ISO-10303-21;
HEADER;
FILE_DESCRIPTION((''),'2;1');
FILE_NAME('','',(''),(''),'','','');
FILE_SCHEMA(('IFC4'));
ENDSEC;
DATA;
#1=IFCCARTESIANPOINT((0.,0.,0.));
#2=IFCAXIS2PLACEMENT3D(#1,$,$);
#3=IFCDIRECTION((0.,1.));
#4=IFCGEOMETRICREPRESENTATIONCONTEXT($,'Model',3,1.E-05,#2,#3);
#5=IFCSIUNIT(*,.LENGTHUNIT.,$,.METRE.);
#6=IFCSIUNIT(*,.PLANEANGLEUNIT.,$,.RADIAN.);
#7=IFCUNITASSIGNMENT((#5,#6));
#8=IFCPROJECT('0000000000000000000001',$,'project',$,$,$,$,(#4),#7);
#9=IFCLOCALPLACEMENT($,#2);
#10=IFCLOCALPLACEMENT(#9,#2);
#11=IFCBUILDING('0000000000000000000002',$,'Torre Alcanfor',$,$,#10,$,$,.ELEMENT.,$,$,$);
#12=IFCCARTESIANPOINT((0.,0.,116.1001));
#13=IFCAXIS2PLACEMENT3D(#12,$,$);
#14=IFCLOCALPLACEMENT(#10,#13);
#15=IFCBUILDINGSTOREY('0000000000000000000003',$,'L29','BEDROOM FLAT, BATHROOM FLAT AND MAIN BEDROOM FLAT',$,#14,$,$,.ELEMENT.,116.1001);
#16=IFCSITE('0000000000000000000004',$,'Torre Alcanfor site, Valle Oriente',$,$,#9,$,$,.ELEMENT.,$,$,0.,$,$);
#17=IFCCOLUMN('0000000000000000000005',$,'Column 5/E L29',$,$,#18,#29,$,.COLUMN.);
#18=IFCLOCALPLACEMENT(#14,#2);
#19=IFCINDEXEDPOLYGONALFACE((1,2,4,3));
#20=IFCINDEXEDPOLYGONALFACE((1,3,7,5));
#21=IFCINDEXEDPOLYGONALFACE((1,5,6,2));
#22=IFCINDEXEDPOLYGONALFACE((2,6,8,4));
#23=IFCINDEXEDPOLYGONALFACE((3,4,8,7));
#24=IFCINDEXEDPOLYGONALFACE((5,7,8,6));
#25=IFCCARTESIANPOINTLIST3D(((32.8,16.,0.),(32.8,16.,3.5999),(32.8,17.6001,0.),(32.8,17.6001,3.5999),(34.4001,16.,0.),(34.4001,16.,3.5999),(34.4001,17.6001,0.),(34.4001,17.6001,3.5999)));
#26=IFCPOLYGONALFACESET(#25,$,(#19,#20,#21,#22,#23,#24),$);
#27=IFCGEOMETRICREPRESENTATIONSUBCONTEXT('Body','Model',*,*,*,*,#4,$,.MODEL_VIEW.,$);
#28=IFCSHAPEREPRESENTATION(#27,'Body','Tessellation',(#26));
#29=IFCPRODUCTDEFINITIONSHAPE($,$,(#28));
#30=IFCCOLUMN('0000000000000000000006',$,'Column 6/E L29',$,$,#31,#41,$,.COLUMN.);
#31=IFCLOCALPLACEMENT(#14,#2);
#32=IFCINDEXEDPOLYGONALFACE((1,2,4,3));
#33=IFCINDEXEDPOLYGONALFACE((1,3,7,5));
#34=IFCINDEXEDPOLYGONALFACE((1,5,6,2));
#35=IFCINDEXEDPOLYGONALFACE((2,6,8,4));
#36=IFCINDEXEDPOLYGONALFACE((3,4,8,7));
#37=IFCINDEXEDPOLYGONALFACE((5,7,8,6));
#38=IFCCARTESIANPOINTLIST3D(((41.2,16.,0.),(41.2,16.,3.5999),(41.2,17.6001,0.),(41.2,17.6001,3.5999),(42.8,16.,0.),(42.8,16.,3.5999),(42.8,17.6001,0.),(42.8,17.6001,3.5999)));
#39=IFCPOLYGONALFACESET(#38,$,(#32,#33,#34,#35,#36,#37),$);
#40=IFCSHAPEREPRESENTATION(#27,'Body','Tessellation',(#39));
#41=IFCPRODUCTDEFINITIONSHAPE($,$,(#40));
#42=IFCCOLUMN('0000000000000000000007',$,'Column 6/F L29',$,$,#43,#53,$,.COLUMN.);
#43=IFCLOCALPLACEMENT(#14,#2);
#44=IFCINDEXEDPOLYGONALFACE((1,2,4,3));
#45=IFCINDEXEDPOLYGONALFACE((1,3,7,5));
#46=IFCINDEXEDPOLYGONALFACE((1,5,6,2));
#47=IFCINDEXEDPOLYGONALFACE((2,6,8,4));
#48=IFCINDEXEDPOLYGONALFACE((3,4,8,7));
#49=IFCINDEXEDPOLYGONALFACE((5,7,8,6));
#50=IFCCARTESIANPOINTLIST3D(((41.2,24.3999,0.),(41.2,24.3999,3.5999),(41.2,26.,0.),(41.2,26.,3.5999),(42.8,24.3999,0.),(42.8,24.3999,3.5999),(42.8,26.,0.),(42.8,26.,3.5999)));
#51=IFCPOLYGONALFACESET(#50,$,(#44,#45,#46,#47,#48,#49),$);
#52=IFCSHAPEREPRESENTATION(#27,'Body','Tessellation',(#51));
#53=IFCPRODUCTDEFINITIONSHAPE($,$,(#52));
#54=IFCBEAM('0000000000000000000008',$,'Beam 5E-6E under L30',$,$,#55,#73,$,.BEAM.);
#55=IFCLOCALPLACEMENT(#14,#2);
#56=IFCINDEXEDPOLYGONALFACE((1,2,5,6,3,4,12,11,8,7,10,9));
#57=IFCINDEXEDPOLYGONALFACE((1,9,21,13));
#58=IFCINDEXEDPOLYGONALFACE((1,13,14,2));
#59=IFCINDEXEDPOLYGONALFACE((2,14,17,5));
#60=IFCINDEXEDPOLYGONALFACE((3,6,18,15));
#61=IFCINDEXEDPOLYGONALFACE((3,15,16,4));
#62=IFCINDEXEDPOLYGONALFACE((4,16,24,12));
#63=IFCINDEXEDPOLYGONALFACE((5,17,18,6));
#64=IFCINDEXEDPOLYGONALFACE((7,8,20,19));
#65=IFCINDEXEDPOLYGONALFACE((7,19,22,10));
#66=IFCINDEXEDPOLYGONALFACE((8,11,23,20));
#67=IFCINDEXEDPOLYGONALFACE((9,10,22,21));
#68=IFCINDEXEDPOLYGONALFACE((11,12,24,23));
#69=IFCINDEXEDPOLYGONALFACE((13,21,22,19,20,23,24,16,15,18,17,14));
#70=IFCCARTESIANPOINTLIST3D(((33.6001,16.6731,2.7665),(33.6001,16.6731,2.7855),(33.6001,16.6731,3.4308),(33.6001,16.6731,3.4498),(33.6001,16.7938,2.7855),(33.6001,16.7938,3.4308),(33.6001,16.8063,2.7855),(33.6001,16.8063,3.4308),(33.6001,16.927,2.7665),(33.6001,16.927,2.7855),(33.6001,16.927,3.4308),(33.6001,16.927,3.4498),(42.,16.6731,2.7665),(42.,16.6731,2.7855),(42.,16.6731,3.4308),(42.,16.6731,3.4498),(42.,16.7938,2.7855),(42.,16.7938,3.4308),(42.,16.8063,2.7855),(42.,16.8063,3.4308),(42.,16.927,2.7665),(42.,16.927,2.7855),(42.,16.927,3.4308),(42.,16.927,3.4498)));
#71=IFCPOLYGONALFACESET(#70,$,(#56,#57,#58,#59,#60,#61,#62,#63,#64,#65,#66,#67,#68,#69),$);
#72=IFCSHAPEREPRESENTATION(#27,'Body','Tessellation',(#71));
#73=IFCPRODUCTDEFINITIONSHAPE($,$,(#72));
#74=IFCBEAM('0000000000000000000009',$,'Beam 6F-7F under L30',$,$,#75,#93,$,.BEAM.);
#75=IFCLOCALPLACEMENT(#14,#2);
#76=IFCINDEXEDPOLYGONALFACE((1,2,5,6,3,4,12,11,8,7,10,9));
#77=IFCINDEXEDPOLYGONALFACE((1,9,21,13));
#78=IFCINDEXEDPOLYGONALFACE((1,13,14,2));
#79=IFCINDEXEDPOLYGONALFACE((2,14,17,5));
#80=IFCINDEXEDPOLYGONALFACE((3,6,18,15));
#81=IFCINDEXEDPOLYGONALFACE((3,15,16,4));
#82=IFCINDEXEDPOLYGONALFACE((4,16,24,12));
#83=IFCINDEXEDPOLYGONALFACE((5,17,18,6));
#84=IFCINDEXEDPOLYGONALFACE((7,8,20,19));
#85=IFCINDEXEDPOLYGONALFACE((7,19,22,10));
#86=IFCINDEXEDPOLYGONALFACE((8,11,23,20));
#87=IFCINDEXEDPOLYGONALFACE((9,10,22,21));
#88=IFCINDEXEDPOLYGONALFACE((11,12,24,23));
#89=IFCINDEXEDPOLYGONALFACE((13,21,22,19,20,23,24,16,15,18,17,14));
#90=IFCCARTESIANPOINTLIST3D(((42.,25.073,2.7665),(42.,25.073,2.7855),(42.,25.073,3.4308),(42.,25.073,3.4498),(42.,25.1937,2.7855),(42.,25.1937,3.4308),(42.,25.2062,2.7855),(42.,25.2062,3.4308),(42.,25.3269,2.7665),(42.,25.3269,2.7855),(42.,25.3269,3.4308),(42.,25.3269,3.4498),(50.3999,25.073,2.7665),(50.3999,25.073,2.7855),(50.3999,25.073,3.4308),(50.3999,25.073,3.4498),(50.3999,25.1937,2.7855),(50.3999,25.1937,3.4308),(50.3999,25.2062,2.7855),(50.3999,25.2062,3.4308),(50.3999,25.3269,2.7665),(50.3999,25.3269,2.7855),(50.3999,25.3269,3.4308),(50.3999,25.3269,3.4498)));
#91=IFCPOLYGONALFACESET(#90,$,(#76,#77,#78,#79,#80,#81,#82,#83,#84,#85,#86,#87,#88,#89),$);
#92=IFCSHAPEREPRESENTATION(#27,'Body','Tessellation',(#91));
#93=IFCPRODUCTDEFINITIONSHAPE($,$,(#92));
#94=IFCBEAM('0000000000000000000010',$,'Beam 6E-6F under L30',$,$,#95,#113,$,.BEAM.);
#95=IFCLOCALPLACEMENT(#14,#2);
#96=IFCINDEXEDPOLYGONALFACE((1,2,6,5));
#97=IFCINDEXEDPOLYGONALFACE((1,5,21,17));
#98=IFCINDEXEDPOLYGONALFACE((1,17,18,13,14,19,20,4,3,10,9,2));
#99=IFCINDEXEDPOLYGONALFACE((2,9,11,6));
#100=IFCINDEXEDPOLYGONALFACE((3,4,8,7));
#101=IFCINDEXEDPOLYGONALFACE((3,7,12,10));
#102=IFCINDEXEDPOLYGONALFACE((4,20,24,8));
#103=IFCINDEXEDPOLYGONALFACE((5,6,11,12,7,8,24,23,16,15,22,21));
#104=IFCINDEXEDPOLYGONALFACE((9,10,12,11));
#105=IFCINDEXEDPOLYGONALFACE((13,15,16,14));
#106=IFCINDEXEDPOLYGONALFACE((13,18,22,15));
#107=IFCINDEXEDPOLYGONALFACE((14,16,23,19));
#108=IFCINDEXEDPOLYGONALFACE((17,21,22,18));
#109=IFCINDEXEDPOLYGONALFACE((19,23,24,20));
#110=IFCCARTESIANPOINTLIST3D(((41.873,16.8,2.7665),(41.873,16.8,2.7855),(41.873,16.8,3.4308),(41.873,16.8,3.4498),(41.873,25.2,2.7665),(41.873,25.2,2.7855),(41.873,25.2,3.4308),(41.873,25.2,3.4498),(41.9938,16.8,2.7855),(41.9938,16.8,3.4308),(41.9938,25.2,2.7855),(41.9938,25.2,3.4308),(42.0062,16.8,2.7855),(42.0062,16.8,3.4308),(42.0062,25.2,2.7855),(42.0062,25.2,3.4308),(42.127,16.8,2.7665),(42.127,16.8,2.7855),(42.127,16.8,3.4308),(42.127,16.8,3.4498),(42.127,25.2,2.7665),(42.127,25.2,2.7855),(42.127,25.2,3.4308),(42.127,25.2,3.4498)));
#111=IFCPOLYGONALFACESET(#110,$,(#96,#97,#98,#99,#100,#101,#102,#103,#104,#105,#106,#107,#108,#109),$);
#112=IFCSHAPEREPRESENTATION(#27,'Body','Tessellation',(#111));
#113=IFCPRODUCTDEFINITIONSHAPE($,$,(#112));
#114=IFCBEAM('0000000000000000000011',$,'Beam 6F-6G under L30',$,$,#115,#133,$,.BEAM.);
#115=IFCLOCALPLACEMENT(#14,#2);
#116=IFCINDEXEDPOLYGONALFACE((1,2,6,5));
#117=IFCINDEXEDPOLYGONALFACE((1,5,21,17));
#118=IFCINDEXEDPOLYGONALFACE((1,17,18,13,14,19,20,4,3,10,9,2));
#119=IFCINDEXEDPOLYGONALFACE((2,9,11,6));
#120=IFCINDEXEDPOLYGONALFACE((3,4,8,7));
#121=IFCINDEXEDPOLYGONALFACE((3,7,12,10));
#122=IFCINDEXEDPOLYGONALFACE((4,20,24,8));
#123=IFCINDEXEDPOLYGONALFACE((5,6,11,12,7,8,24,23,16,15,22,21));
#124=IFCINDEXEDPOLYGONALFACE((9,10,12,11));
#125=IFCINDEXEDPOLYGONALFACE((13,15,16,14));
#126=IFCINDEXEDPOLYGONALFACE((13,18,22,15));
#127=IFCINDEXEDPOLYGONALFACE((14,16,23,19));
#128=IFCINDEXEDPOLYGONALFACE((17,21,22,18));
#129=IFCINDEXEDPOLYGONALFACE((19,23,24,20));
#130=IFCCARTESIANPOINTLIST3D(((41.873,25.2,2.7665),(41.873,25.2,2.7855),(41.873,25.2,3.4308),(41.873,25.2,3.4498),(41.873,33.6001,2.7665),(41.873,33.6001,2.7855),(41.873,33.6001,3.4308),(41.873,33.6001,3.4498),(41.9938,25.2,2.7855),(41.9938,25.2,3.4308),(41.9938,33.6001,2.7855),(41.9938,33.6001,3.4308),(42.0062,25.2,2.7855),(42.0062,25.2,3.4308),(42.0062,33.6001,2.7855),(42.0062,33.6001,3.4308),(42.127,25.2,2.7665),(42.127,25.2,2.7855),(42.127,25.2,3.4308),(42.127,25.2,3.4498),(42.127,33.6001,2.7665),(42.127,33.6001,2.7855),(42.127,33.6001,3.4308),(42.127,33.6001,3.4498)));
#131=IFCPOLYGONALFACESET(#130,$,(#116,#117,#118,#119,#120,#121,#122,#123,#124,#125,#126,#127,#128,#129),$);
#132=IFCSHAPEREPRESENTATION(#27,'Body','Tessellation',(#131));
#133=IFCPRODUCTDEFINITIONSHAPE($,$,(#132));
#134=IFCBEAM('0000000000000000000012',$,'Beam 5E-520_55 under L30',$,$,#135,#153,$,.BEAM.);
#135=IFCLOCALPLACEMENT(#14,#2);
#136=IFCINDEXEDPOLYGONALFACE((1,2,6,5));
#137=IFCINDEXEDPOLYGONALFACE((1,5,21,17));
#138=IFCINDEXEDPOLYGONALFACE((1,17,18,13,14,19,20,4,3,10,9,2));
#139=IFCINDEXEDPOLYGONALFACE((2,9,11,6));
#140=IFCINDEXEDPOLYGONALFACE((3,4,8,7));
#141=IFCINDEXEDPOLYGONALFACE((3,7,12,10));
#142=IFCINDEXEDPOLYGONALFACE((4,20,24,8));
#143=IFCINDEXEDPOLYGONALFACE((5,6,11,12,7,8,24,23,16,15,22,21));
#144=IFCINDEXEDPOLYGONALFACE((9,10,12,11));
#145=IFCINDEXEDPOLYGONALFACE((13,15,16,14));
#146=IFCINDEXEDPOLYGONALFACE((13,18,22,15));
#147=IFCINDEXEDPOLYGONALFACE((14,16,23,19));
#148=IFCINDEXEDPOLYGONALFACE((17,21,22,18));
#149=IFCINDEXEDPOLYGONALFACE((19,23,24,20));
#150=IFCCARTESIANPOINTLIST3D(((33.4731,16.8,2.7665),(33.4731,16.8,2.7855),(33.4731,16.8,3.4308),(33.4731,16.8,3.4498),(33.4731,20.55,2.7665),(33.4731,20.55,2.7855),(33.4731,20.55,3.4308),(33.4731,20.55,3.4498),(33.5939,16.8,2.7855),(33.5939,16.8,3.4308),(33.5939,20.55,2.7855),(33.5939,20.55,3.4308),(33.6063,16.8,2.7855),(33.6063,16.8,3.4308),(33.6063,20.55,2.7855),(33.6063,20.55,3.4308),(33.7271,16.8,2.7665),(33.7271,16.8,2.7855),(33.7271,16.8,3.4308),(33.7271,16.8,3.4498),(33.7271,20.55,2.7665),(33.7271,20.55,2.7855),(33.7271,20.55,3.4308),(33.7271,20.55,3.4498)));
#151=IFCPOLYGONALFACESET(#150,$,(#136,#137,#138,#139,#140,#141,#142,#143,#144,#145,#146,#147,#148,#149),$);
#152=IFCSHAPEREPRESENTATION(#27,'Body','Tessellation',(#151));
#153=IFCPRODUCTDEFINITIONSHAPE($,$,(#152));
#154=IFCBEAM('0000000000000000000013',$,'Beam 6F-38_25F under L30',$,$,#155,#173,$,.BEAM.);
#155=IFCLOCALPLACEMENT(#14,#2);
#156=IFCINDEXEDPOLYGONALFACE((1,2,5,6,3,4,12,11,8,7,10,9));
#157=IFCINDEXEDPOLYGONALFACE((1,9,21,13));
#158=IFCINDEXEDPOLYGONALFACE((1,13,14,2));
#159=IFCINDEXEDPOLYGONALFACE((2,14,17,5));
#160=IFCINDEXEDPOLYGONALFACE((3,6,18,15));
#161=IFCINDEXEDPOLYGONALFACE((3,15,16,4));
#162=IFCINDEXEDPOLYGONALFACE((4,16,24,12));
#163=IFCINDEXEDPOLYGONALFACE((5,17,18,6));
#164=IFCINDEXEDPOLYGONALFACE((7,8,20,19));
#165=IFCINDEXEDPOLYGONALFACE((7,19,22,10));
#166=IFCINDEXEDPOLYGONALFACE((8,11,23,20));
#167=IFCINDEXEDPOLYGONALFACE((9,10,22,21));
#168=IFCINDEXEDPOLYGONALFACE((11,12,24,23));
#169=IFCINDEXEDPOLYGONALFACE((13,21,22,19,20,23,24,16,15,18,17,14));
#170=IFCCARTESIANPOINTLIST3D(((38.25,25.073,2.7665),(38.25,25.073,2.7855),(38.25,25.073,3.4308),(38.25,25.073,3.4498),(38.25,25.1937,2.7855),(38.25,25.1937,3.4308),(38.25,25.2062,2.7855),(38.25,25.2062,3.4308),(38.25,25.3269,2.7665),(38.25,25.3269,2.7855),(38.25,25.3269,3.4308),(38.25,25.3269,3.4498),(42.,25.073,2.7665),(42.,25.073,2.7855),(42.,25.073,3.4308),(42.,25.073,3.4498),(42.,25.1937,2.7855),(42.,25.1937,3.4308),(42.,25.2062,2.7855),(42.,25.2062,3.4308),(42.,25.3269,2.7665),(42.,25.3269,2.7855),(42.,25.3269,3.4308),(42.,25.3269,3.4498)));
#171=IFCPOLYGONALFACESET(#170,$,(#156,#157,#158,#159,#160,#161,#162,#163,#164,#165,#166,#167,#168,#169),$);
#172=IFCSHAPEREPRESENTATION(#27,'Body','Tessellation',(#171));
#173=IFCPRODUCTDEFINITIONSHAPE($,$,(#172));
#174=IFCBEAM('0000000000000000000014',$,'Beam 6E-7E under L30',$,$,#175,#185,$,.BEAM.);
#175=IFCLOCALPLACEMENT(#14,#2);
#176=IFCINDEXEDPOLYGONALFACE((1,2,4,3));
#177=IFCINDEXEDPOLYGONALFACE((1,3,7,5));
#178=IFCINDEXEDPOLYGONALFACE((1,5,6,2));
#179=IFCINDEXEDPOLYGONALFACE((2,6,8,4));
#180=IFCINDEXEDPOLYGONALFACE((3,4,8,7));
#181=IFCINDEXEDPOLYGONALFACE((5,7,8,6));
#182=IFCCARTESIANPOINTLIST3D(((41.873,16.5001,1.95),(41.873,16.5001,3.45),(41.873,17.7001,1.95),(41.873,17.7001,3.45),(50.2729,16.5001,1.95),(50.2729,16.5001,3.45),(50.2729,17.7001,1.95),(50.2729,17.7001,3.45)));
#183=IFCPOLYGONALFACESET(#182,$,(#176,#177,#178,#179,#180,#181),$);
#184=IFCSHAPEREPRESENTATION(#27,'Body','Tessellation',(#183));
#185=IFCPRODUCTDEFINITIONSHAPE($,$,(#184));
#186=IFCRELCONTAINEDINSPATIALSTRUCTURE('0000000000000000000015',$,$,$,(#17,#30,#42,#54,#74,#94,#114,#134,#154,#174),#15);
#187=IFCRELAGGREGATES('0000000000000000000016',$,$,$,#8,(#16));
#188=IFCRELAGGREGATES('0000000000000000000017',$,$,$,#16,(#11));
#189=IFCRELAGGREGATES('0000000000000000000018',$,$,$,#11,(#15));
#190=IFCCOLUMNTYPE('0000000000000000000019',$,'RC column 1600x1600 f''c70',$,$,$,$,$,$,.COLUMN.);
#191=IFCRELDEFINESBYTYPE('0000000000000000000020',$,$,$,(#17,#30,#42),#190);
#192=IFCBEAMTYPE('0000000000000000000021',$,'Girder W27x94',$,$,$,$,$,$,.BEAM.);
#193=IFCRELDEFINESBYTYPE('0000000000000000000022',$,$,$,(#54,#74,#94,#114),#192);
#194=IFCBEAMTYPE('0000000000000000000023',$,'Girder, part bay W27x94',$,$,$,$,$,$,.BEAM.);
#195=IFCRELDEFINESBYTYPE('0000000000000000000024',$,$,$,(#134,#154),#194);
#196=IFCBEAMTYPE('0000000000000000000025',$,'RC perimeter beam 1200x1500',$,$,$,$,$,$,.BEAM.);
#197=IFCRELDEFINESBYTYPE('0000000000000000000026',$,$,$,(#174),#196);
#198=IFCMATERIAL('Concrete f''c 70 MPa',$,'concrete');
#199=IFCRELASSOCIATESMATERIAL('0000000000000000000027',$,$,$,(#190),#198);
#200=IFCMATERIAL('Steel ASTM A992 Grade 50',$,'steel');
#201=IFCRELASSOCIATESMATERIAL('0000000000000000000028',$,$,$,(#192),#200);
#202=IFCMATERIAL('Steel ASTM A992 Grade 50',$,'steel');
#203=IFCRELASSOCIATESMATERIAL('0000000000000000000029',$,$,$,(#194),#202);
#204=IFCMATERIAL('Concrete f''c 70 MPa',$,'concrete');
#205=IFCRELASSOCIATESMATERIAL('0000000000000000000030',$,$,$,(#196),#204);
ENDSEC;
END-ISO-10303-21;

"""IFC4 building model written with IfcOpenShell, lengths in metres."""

from ifc_helpers import new_model, si_unit, direction, frame, origin, origin_2d, place, context, subcontext, project, spatial, rectangle, i_section, extrude, material, material_profile, profile_set, type_object, element, save


model = new_model("IFC4")

# Units and contexts
model_context = context("Model", 3, precision=1e-05, world=origin(), true_north=direction((0.0, 1.0)))
body_context = subcontext(model_context, "Body", "Model", "MODEL_VIEW")
ifc_project = project(units=[si_unit("LENGTHUNIT", "METRE"), si_unit("PLANEANGLEUNIT", "RADIAN")], contexts=[model_context])

# Site, building, storey
site_placement = place(None, origin())
site = spatial("IfcSite", under=ifc_project, at=site_placement, Name="Torre Alcanfor site, Valle Oriente", CompositionType="ELEMENT", RefElevation=0.0)
building_placement = place(site_placement, origin())
building = spatial("IfcBuilding", under=site, at=building_placement, Name="Torre Alcanfor", CompositionType="ELEMENT")
storey_placement = place(building_placement, frame((0.0, 0.0, 116.1001)))
storey = spatial("IfcBuildingStorey", under=building, at=storey_placement, Name="L29", Description="BEDROOM FLAT, BATHROOM FLAT AND MAIN BEDROOM FLAT", CompositionType="ELEMENT", Elevation=116.1001)

# Columns
ifc_material_1 = material(Name="Concrete f'c 70 MPa", Category="concrete")
ifc_material_profile_1 = material_profile(ifc_material_1, rectangle(XDim=1.6001, YDim=1.6001, at=origin_2d()), Name="1600x1600")
ifc_profile_set_1 = profile_set([ifc_material_profile_1], Name="Concrete f'c 70 MPa")
column_type = type_object("IfcColumnType", Name="RC column 1600x1600 f'c70", PredefinedType="COLUMN", material=ifc_profile_set_1)
for number, where, z_axis, x_axis, name in (
    (1, (33.6001, 16.8, 0.0), (0.0, 0.0, 1.0), (1.0, 0.0, 0.0), "Column 5/E L29"),
    (2, (42.0, 16.8, 0.0), (0.0, 0.0, 1.0), (1.0, 0.0, 0.0), "Column 6/E L29"),
    (3, (42.0, 25.2, 0.0), (0.0, 0.0, 1.0), (1.0, 0.0, 0.0), "Column 6/F L29"),
):
    element("IfcColumn", number, at=place(storey_placement, frame(where, z_axis=z_axis, x_axis=x_axis)), inside=storey, type_object=column_type, Name=name, PredefinedType="COLUMN", context=body_context, shape_type="SweptSolid", body=[
        extrude(rectangle(XDim=1.6001, YDim=1.6001, at=origin_2d()), origin(), (0.0, 0.0, 1.0), 3.5999),
    ])

# Beams
ifc_material_2 = material(Name="Steel ASTM A992 Grade 50", Category="steel")
ifc_material_profile_2 = material_profile(ifc_material_2, i_section(OverallWidth=0.2539, OverallDepth=0.6833, WebThickness=0.0125, FlangeThickness=0.019, at=origin_2d()), Name="W27x94")
ifc_profile_set_2 = profile_set([ifc_material_profile_2], Name="Steel ASTM A992 Grade 50")
beam_type_1 = type_object("IfcBeamType", Name="Girder W27x94", PredefinedType="BEAM", material=ifc_profile_set_2)
for number, where, z_axis, x_axis, name in (
    (4, (33.6001, 16.8, 3.1082), (1.0, 0.0, 0.0), (0.0, 1.0, 0.0), "Beam 5E-6E under L30"),
    (5, (42.0, 25.2, 3.1082), (1.0, 0.0, 0.0), (0.0, 1.0, 0.0), "Beam 6F-7F under L30"),
    (6, (42.0, 16.8, 3.1082), (0.0, 1.0, 0.0), (-1.0, 0.0, 0.0), "Beam 6E-6F under L30"),
):
    element("IfcBeam", number, at=place(storey_placement, frame(where, z_axis=z_axis, x_axis=x_axis)), inside=storey, type_object=beam_type_1, Name=name, PredefinedType="BEAM", context=body_context, shape_type="SweptSolid", body=[
        extrude(i_section(OverallWidth=0.2539, OverallDepth=0.6833, WebThickness=0.0125, FlangeThickness=0.019, at=origin_2d()), origin(), (0.0, 0.0, 1.0), 8.3999),
    ])
beam_1_placement = place(storey_placement, frame((42.0, 25.2, 3.1082), z_axis=(0.0, 1.0, 0.0), x_axis=(-1.0, 0.0, 0.0)))
element("IfcBeam", 7, at=beam_1_placement, inside=storey, type_object=beam_type_1, Name="Beam 6F-6G under L30", PredefinedType="BEAM", context=body_context, shape_type="SweptSolid", body=[
    extrude(i_section(OverallWidth=0.2539, OverallDepth=0.6833, WebThickness=0.0125, FlangeThickness=0.019, at=origin_2d()), origin(), (0.0, 0.0, 1.0), 8.4001),
])
ifc_material_3 = material(Name="Steel ASTM A992 Grade 50", Category="steel")
ifc_material_profile_3 = material_profile(ifc_material_3, i_section(OverallWidth=0.2539, OverallDepth=0.6833, WebThickness=0.0125, FlangeThickness=0.019, at=origin_2d()), Name="W27x94")
ifc_profile_set_3 = profile_set([ifc_material_profile_3], Name="Steel ASTM A992 Grade 50")
beam_type_2 = type_object("IfcBeamType", Name="Girder, part bay W27x94", PredefinedType="BEAM", material=ifc_profile_set_3)
for number, where, z_axis, x_axis, name in (
    (8, (33.6001, 16.8, 3.1082), (0.0, 1.0, 0.0), (-1.0, 0.0, 0.0), "Beam 5E-520_55 under L30"),
    (9, (42.0, 25.2, 3.1082), (-1.0, 0.0, 0.0), (0.0, -1.0, 0.0), "Beam 6F-38_25F under L30"),
):
    element("IfcBeam", number, at=place(storey_placement, frame(where, z_axis=z_axis, x_axis=x_axis)), inside=storey, type_object=beam_type_2, Name=name, PredefinedType="BEAM", context=body_context, shape_type="SweptSolid", body=[
        extrude(i_section(OverallWidth=0.2539, OverallDepth=0.6833, WebThickness=0.0125, FlangeThickness=0.019, at=origin_2d()), origin(), (0.0, 0.0, 1.0), 3.75),
    ])
ifc_material_4 = material(Name="Concrete f'c 70 MPa", Category="concrete")
ifc_material_profile_4 = material_profile(ifc_material_4, rectangle(XDim=1.2, YDim=1.5, at=origin_2d()), Name="1200x1500")
ifc_profile_set_4 = profile_set([ifc_material_profile_4], Name="Concrete f'c 70 MPa")
beam_type_3 = type_object("IfcBeamType", Name="RC perimeter beam 1200x1500", PredefinedType="BEAM", material=ifc_profile_set_4)
beam_2_placement = place(storey_placement, frame((41.873, 17.1001, 2.7), z_axis=(1.0, 0.0, 0.0), x_axis=(0.0, 1.0, 0.0)))
element("IfcBeam", 10, at=beam_2_placement, inside=storey, type_object=beam_type_3, Name="Beam 6E-7E under L30", PredefinedType="BEAM", context=body_context, shape_type="SweptSolid", body=[
    extrude(rectangle(XDim=1.2, YDim=1.5, at=origin_2d()), origin(), (0.0, 0.0, 1.0), 8.3999),
])

save(model, "model.ifc")
